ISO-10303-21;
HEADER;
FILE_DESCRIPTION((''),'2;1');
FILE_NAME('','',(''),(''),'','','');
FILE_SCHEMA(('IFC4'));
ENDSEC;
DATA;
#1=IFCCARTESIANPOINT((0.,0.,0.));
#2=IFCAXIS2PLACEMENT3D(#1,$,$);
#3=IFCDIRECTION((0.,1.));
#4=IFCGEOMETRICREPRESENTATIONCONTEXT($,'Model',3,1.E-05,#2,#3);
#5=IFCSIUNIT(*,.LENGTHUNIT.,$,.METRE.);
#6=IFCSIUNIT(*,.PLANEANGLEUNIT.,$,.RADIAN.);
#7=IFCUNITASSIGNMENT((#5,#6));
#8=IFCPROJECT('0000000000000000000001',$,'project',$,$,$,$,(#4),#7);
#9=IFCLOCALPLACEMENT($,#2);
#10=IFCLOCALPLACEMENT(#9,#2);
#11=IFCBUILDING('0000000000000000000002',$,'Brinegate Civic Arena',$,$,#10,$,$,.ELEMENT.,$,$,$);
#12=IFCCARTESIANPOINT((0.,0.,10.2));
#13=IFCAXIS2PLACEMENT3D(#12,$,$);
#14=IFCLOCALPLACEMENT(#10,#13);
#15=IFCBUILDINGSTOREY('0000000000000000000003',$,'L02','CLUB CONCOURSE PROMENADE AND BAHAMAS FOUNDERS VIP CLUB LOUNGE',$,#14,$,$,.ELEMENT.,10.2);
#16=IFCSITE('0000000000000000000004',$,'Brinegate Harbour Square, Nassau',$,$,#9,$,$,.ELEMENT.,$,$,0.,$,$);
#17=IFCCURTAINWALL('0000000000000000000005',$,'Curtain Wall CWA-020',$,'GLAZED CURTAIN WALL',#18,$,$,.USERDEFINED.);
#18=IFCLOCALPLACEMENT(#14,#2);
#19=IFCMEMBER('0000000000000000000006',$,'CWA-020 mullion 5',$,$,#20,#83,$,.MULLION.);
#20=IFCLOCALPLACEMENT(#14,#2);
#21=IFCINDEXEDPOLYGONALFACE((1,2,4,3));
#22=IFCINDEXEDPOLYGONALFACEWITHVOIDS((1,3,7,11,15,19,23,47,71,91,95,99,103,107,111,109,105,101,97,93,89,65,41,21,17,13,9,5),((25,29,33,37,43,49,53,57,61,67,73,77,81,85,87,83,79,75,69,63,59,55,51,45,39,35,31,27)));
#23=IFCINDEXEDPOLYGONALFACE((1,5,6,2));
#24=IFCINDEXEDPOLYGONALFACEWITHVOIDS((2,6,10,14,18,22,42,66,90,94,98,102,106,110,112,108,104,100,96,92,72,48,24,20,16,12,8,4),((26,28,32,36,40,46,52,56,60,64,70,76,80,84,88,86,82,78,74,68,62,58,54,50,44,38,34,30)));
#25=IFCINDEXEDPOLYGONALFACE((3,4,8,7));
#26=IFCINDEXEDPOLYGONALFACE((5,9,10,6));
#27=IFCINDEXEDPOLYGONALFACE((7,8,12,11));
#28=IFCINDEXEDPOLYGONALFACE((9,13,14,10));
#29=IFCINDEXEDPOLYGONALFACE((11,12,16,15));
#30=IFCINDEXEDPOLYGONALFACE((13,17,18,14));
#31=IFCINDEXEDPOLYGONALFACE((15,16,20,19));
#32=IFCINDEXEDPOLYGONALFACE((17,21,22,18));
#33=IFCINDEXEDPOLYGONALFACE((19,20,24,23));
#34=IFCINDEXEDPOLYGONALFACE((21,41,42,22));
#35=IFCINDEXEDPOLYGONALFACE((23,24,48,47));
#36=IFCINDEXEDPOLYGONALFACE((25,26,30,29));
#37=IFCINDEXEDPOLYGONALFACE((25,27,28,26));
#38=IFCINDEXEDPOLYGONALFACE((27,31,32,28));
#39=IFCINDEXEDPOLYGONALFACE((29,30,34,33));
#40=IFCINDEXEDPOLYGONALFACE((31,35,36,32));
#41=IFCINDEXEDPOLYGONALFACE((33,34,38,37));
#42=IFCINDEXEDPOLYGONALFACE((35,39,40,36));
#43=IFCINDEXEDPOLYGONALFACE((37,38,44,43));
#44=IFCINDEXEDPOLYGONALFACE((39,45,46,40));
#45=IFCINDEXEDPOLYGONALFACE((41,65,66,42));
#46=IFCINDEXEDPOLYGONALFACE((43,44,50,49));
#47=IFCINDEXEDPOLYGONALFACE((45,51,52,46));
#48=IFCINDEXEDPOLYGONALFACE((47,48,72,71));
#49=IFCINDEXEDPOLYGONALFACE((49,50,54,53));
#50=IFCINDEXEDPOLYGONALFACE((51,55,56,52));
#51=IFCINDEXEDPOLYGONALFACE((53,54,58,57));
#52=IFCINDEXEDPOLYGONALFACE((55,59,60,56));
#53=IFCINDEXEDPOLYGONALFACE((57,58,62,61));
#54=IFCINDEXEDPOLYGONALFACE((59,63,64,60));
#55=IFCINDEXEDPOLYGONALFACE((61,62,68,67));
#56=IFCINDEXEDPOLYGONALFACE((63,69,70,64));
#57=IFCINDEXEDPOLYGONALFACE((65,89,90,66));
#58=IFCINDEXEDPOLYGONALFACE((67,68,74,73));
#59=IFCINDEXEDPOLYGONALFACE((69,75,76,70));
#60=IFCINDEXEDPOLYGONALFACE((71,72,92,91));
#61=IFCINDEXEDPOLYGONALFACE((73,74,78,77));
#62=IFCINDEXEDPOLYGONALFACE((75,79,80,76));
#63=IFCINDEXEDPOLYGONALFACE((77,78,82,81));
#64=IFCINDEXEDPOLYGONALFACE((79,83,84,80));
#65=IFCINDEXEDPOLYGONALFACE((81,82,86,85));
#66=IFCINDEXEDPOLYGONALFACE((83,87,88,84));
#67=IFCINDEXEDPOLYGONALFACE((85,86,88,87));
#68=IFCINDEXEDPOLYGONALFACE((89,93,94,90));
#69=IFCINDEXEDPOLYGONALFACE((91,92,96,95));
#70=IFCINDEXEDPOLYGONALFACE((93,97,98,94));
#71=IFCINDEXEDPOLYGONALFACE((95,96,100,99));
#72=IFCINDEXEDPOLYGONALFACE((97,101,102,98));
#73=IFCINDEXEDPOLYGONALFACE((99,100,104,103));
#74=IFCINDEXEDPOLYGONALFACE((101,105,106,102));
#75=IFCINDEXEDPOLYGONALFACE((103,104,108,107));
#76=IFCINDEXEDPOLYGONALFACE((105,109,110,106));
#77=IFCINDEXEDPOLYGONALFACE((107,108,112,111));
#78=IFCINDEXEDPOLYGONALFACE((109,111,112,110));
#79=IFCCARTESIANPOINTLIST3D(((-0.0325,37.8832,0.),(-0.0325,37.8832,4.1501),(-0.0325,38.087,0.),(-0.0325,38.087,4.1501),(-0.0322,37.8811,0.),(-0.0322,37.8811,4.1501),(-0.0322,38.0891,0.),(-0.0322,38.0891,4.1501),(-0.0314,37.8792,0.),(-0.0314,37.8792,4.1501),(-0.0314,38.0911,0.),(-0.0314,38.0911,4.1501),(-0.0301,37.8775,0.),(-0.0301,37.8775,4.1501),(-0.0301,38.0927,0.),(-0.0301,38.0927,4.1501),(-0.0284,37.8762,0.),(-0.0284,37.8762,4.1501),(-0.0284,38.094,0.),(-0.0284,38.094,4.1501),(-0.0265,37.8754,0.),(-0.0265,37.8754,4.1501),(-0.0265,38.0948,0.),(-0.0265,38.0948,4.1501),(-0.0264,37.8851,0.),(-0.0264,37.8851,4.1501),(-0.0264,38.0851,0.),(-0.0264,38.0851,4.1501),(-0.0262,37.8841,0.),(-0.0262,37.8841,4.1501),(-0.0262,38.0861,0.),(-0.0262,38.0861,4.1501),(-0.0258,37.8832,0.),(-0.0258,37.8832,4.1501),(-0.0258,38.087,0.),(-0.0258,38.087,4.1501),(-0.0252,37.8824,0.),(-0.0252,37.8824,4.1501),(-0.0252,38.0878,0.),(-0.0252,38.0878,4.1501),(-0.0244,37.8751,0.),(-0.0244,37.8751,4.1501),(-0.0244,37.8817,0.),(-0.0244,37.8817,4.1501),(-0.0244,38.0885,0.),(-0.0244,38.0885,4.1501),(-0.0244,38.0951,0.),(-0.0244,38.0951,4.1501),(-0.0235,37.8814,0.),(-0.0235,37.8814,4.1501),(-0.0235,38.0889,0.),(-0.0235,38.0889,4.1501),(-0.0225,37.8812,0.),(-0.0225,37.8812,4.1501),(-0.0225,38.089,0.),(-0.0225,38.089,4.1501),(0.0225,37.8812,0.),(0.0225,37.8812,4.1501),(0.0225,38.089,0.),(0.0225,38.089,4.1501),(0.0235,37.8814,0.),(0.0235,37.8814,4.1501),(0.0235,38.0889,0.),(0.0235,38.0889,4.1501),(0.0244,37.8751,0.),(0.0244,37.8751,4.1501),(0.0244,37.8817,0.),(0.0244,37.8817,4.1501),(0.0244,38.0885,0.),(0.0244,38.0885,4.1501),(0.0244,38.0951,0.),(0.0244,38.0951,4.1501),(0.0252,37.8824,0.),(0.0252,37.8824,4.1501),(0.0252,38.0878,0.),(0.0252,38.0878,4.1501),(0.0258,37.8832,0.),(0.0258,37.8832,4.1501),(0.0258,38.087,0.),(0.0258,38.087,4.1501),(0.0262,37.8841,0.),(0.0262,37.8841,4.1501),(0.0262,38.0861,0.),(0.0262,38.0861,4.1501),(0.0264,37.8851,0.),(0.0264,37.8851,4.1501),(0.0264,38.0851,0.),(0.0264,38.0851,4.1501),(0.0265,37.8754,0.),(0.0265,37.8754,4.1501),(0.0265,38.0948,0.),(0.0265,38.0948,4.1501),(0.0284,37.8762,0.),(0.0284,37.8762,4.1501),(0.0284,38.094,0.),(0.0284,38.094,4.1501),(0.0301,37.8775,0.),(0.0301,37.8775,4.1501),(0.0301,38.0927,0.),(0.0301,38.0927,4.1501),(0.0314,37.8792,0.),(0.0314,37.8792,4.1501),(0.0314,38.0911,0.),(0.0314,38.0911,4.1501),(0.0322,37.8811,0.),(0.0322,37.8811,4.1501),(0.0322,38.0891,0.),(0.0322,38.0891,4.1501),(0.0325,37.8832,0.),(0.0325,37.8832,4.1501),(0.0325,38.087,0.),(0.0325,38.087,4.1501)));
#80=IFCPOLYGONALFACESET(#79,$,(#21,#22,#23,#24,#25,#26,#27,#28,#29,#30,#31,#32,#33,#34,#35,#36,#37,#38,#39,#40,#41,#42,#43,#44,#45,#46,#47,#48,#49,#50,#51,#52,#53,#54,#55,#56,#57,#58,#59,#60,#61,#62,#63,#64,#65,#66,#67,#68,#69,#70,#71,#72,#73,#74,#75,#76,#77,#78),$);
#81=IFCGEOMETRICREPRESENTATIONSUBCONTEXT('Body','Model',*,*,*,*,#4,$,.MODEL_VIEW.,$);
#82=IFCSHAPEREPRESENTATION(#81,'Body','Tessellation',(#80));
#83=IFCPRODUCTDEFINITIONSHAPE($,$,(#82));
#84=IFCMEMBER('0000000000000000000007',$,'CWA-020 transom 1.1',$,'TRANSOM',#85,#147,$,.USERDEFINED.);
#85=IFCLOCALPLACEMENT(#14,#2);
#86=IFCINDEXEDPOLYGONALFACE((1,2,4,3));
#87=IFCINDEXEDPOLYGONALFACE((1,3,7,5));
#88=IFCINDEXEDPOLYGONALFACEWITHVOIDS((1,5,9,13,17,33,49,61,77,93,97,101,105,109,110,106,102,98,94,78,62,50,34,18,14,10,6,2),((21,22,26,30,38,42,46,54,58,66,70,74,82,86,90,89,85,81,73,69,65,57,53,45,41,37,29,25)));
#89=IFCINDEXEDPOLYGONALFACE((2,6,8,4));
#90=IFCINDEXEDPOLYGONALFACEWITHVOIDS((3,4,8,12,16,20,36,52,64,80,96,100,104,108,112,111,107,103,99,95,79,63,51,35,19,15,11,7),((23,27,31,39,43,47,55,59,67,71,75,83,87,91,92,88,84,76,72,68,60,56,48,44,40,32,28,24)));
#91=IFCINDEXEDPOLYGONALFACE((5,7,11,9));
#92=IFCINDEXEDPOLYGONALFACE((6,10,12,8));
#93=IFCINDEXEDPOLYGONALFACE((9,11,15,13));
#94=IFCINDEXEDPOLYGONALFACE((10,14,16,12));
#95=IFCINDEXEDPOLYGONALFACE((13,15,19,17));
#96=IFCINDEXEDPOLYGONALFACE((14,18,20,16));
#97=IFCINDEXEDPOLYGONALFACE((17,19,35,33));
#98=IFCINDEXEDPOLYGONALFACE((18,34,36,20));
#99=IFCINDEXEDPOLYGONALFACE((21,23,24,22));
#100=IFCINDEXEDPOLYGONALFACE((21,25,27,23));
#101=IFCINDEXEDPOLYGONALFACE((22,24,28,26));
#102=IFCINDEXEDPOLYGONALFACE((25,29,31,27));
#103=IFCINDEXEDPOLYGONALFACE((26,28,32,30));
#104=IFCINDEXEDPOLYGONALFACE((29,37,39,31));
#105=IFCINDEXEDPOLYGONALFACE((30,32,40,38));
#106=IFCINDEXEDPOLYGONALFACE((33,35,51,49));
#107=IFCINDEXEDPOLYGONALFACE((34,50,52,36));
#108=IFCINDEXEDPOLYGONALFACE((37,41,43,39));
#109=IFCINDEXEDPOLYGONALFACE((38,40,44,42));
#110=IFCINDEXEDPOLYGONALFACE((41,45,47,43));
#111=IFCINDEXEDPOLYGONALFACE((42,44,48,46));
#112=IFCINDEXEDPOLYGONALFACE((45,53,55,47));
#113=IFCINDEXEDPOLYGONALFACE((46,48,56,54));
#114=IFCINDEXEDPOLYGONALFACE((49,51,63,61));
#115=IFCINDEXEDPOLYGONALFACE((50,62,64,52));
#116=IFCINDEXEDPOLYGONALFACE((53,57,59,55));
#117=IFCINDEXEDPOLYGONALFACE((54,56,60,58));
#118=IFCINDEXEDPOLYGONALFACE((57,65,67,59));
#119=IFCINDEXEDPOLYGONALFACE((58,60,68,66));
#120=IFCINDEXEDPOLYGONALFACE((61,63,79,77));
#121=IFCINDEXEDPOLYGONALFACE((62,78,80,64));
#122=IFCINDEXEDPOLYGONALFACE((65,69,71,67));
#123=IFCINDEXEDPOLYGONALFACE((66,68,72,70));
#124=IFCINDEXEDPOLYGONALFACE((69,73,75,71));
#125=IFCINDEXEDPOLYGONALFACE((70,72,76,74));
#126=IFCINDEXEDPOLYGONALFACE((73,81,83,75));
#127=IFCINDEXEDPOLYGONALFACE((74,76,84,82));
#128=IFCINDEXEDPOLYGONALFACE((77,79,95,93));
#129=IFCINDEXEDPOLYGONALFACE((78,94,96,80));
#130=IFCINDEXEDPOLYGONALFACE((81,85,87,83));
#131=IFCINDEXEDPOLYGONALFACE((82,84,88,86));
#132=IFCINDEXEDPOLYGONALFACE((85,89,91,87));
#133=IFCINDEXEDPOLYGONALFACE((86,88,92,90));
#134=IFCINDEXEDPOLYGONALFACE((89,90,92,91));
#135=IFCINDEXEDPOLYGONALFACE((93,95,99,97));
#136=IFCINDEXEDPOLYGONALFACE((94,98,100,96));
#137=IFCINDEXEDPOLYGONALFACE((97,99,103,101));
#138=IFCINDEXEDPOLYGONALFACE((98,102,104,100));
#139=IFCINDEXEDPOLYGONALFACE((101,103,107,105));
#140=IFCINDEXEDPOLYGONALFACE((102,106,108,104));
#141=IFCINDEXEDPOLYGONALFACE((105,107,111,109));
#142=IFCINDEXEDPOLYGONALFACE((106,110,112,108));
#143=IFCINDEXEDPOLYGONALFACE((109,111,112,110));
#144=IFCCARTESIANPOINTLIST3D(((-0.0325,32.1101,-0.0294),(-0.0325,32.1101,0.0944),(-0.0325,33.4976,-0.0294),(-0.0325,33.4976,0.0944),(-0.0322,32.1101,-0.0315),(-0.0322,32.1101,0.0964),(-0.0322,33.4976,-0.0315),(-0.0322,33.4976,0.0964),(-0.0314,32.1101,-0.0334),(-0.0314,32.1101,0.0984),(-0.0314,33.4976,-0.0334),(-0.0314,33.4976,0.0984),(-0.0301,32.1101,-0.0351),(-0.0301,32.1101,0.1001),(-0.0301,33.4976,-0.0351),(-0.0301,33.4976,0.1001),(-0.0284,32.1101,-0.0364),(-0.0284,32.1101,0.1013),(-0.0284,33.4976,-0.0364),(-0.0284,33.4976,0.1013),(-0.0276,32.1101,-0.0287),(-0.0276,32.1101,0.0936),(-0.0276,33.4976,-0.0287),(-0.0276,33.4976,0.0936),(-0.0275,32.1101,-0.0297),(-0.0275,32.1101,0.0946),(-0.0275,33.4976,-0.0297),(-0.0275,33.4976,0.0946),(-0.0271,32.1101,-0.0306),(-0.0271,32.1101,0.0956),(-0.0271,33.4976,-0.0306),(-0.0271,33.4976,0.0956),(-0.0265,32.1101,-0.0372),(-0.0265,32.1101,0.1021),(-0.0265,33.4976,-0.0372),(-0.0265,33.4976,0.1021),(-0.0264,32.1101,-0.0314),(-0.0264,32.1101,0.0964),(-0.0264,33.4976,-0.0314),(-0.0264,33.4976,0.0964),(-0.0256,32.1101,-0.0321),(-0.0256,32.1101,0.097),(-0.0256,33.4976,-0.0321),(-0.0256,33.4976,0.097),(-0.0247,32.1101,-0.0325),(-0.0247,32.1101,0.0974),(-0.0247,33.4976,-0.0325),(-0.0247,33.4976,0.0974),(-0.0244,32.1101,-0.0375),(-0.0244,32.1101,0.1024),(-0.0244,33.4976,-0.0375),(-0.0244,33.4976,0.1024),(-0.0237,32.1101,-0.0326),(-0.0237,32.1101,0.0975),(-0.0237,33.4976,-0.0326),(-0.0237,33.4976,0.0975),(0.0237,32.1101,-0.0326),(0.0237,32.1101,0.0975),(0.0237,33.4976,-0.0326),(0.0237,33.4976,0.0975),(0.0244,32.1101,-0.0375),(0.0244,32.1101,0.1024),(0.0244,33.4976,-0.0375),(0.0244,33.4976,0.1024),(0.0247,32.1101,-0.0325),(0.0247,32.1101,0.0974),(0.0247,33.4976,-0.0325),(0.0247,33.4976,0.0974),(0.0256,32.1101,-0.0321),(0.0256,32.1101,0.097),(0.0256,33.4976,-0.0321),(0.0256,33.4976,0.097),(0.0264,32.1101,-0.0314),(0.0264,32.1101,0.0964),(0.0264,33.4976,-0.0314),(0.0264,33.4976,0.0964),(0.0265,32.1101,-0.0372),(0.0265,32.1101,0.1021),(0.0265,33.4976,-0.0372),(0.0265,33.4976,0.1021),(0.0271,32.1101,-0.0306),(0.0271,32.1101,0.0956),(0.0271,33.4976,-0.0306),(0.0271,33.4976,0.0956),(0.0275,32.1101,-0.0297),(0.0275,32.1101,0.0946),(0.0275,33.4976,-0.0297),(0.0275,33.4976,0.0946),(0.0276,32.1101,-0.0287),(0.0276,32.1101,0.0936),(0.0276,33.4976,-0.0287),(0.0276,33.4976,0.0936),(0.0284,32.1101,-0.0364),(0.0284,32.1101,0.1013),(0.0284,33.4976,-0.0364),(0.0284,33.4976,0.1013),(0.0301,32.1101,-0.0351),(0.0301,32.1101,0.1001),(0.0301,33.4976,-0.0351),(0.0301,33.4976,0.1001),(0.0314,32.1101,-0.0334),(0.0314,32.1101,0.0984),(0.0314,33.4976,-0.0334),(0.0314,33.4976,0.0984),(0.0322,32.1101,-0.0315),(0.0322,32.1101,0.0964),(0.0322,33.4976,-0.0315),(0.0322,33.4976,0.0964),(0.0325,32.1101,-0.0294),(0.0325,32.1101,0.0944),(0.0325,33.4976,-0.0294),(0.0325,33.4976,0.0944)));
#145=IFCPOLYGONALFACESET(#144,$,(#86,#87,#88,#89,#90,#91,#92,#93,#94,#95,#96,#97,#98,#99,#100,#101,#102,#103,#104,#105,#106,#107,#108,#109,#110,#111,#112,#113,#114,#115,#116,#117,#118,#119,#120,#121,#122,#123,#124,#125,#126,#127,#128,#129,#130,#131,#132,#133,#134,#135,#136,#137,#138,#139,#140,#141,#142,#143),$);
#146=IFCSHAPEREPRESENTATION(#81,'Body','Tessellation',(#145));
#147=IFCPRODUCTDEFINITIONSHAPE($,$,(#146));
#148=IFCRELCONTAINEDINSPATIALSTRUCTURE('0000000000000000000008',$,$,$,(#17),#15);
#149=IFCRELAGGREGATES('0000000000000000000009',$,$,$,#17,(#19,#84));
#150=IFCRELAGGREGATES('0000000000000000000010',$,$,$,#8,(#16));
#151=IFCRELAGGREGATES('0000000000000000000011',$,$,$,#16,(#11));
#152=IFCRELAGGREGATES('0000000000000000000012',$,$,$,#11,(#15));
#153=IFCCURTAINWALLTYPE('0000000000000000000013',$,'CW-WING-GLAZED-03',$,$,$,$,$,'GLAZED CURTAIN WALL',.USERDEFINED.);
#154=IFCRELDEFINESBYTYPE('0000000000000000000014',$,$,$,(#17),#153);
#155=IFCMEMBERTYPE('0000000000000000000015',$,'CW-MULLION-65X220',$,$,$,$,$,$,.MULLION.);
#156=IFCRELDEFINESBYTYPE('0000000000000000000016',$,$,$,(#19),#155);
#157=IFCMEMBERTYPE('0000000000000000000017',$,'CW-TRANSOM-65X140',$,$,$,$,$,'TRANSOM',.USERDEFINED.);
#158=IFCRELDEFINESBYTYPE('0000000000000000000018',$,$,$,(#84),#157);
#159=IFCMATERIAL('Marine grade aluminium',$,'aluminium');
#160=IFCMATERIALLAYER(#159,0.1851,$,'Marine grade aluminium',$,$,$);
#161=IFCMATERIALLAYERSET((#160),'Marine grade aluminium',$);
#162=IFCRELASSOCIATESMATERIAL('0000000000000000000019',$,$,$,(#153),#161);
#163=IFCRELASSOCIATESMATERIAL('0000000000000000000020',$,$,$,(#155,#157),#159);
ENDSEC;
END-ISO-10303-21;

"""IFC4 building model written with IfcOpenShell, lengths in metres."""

from ifc_helpers import new_model, si_unit, direction, frame, origin, origin_2d, place, context, subcontext, project, spatial, hollow_rectangle, extrude, material, layer, layer_set, material_profile, profile_set, type_object, element, aggregate, save


model = new_model("IFC4")

# Units and contexts
model_context = context("Model", 3, precision=1e-05, world=origin(), true_north=direction((0.0, 1.0)))
body_context = subcontext(model_context, "Body", "Model", "MODEL_VIEW")
ifc_project = project(units=[si_unit("LENGTHUNIT", "METRE"), si_unit("PLANEANGLEUNIT", "RADIAN")], contexts=[model_context])

# Site, building, storey
site_placement = place(None, origin())
site = spatial("IfcSite", under=ifc_project, at=site_placement, Name="Brinegate Harbour Square, Nassau", CompositionType="ELEMENT", RefElevation=0.0)
building_placement = place(site_placement, origin())
building = spatial("IfcBuilding", under=site, at=building_placement, Name="Brinegate Civic Arena", CompositionType="ELEMENT")
storey_placement = place(building_placement, frame((0.0, 0.0, 10.2)))
storey = spatial("IfcBuildingStorey", under=building, at=storey_placement, Name="L02", Description="CLUB CONCOURSE PROMENADE AND BAHAMAS FOUNDERS VIP CLUB LOUNGE", CompositionType="ELEMENT", Elevation=10.2)

# Curtain wall, members
ifc_material_1 = material(Name="Marine grade aluminium", Category="aluminium")
ifc_layer_1 = layer(ifc_material_1, 0.1851, Name="Marine grade aluminium")
ifc_layer_set_1 = layer_set([ifc_layer_1], Name="Marine grade aluminium")
curtain_wall_type = type_object("IfcCurtainWallType", Name="CW-WING-GLAZED-03", ElementType="GLAZED CURTAIN WALL", PredefinedType="USERDEFINED", material=ifc_layer_set_1)
curtain_wall_placement = place(storey_placement, origin())
curtain_wall = element("IfcCurtainWall", 1, at=curtain_wall_placement, inside=storey, type_object=curtain_wall_type, Name="Curtain Wall CWA-020", ObjectType="GLAZED CURTAIN WALL", PredefinedType="USERDEFINED")
ifc_material_profile_1 = material_profile(ifc_material_1, hollow_rectangle(XDim=0.0649, YDim=0.22, WallThickness=0.0061, InnerFilletRadius=0.0039, OuterFilletRadius=0.0081, at=origin_2d()), Name="MUL65X220")
ifc_profile_set_1 = profile_set([ifc_material_profile_1], Name="Marine grade aluminium")
member_type_1 = type_object("IfcMemberType", Name="CW-MULLION-65X220", PredefinedType="MULLION", material=ifc_profile_set_1)
member_1_placement = place(storey_placement, frame((0.0, 37.9851, 0.0), z_axis=(0.0, 0.0, 1.0), x_axis=(-1.0, 0.0, 0.0)))
member_1 = element("IfcMember", 2, at=member_1_placement, type_object=member_type_1, Name="CWA-020 mullion 5", PredefinedType="MULLION", context=body_context, shape_type="SweptSolid", body=[
    extrude(hollow_rectangle(XDim=0.0649, YDim=0.22, WallThickness=0.0061, InnerFilletRadius=0.0039, OuterFilletRadius=0.0081, at=origin_2d()), origin(), (0.0, 0.0, 1.0), 4.1501),
])
ifc_material_profile_2 = material_profile(ifc_material_1, hollow_rectangle(XDim=0.0649, YDim=0.1399, WallThickness=0.0049, InnerFilletRadius=0.0039, OuterFilletRadius=0.0081, at=origin_2d()), Name="TRN65X140")
ifc_profile_set_2 = profile_set([ifc_material_profile_2], Name="Marine grade aluminium")
member_type_2 = type_object("IfcMemberType", Name="CW-TRANSOM-65X140", ElementType="TRANSOM", PredefinedType="USERDEFINED", material=ifc_profile_set_2)
member_2_placement = place(storey_placement, frame((0.0, 32.1101, 0.0325), z_axis=(0.0, 1.0, 0.0), x_axis=(-1.0, 0.0, 0.0)))
member_2 = element("IfcMember", 3, at=member_2_placement, type_object=member_type_2, Name="CWA-020 transom 1.1", ObjectType="TRANSOM", PredefinedType="USERDEFINED", context=body_context, shape_type="SweptSolid", body=[
    extrude(hollow_rectangle(XDim=0.0649, YDim=0.1399, WallThickness=0.0049, InnerFilletRadius=0.0039, OuterFilletRadius=0.0081, at=origin_2d()), origin(), (0.0, 0.0, 1.0), 1.3875),
])

aggregate(curtain_wall, [member_1, member_2])

save(model, "model.ifc")
